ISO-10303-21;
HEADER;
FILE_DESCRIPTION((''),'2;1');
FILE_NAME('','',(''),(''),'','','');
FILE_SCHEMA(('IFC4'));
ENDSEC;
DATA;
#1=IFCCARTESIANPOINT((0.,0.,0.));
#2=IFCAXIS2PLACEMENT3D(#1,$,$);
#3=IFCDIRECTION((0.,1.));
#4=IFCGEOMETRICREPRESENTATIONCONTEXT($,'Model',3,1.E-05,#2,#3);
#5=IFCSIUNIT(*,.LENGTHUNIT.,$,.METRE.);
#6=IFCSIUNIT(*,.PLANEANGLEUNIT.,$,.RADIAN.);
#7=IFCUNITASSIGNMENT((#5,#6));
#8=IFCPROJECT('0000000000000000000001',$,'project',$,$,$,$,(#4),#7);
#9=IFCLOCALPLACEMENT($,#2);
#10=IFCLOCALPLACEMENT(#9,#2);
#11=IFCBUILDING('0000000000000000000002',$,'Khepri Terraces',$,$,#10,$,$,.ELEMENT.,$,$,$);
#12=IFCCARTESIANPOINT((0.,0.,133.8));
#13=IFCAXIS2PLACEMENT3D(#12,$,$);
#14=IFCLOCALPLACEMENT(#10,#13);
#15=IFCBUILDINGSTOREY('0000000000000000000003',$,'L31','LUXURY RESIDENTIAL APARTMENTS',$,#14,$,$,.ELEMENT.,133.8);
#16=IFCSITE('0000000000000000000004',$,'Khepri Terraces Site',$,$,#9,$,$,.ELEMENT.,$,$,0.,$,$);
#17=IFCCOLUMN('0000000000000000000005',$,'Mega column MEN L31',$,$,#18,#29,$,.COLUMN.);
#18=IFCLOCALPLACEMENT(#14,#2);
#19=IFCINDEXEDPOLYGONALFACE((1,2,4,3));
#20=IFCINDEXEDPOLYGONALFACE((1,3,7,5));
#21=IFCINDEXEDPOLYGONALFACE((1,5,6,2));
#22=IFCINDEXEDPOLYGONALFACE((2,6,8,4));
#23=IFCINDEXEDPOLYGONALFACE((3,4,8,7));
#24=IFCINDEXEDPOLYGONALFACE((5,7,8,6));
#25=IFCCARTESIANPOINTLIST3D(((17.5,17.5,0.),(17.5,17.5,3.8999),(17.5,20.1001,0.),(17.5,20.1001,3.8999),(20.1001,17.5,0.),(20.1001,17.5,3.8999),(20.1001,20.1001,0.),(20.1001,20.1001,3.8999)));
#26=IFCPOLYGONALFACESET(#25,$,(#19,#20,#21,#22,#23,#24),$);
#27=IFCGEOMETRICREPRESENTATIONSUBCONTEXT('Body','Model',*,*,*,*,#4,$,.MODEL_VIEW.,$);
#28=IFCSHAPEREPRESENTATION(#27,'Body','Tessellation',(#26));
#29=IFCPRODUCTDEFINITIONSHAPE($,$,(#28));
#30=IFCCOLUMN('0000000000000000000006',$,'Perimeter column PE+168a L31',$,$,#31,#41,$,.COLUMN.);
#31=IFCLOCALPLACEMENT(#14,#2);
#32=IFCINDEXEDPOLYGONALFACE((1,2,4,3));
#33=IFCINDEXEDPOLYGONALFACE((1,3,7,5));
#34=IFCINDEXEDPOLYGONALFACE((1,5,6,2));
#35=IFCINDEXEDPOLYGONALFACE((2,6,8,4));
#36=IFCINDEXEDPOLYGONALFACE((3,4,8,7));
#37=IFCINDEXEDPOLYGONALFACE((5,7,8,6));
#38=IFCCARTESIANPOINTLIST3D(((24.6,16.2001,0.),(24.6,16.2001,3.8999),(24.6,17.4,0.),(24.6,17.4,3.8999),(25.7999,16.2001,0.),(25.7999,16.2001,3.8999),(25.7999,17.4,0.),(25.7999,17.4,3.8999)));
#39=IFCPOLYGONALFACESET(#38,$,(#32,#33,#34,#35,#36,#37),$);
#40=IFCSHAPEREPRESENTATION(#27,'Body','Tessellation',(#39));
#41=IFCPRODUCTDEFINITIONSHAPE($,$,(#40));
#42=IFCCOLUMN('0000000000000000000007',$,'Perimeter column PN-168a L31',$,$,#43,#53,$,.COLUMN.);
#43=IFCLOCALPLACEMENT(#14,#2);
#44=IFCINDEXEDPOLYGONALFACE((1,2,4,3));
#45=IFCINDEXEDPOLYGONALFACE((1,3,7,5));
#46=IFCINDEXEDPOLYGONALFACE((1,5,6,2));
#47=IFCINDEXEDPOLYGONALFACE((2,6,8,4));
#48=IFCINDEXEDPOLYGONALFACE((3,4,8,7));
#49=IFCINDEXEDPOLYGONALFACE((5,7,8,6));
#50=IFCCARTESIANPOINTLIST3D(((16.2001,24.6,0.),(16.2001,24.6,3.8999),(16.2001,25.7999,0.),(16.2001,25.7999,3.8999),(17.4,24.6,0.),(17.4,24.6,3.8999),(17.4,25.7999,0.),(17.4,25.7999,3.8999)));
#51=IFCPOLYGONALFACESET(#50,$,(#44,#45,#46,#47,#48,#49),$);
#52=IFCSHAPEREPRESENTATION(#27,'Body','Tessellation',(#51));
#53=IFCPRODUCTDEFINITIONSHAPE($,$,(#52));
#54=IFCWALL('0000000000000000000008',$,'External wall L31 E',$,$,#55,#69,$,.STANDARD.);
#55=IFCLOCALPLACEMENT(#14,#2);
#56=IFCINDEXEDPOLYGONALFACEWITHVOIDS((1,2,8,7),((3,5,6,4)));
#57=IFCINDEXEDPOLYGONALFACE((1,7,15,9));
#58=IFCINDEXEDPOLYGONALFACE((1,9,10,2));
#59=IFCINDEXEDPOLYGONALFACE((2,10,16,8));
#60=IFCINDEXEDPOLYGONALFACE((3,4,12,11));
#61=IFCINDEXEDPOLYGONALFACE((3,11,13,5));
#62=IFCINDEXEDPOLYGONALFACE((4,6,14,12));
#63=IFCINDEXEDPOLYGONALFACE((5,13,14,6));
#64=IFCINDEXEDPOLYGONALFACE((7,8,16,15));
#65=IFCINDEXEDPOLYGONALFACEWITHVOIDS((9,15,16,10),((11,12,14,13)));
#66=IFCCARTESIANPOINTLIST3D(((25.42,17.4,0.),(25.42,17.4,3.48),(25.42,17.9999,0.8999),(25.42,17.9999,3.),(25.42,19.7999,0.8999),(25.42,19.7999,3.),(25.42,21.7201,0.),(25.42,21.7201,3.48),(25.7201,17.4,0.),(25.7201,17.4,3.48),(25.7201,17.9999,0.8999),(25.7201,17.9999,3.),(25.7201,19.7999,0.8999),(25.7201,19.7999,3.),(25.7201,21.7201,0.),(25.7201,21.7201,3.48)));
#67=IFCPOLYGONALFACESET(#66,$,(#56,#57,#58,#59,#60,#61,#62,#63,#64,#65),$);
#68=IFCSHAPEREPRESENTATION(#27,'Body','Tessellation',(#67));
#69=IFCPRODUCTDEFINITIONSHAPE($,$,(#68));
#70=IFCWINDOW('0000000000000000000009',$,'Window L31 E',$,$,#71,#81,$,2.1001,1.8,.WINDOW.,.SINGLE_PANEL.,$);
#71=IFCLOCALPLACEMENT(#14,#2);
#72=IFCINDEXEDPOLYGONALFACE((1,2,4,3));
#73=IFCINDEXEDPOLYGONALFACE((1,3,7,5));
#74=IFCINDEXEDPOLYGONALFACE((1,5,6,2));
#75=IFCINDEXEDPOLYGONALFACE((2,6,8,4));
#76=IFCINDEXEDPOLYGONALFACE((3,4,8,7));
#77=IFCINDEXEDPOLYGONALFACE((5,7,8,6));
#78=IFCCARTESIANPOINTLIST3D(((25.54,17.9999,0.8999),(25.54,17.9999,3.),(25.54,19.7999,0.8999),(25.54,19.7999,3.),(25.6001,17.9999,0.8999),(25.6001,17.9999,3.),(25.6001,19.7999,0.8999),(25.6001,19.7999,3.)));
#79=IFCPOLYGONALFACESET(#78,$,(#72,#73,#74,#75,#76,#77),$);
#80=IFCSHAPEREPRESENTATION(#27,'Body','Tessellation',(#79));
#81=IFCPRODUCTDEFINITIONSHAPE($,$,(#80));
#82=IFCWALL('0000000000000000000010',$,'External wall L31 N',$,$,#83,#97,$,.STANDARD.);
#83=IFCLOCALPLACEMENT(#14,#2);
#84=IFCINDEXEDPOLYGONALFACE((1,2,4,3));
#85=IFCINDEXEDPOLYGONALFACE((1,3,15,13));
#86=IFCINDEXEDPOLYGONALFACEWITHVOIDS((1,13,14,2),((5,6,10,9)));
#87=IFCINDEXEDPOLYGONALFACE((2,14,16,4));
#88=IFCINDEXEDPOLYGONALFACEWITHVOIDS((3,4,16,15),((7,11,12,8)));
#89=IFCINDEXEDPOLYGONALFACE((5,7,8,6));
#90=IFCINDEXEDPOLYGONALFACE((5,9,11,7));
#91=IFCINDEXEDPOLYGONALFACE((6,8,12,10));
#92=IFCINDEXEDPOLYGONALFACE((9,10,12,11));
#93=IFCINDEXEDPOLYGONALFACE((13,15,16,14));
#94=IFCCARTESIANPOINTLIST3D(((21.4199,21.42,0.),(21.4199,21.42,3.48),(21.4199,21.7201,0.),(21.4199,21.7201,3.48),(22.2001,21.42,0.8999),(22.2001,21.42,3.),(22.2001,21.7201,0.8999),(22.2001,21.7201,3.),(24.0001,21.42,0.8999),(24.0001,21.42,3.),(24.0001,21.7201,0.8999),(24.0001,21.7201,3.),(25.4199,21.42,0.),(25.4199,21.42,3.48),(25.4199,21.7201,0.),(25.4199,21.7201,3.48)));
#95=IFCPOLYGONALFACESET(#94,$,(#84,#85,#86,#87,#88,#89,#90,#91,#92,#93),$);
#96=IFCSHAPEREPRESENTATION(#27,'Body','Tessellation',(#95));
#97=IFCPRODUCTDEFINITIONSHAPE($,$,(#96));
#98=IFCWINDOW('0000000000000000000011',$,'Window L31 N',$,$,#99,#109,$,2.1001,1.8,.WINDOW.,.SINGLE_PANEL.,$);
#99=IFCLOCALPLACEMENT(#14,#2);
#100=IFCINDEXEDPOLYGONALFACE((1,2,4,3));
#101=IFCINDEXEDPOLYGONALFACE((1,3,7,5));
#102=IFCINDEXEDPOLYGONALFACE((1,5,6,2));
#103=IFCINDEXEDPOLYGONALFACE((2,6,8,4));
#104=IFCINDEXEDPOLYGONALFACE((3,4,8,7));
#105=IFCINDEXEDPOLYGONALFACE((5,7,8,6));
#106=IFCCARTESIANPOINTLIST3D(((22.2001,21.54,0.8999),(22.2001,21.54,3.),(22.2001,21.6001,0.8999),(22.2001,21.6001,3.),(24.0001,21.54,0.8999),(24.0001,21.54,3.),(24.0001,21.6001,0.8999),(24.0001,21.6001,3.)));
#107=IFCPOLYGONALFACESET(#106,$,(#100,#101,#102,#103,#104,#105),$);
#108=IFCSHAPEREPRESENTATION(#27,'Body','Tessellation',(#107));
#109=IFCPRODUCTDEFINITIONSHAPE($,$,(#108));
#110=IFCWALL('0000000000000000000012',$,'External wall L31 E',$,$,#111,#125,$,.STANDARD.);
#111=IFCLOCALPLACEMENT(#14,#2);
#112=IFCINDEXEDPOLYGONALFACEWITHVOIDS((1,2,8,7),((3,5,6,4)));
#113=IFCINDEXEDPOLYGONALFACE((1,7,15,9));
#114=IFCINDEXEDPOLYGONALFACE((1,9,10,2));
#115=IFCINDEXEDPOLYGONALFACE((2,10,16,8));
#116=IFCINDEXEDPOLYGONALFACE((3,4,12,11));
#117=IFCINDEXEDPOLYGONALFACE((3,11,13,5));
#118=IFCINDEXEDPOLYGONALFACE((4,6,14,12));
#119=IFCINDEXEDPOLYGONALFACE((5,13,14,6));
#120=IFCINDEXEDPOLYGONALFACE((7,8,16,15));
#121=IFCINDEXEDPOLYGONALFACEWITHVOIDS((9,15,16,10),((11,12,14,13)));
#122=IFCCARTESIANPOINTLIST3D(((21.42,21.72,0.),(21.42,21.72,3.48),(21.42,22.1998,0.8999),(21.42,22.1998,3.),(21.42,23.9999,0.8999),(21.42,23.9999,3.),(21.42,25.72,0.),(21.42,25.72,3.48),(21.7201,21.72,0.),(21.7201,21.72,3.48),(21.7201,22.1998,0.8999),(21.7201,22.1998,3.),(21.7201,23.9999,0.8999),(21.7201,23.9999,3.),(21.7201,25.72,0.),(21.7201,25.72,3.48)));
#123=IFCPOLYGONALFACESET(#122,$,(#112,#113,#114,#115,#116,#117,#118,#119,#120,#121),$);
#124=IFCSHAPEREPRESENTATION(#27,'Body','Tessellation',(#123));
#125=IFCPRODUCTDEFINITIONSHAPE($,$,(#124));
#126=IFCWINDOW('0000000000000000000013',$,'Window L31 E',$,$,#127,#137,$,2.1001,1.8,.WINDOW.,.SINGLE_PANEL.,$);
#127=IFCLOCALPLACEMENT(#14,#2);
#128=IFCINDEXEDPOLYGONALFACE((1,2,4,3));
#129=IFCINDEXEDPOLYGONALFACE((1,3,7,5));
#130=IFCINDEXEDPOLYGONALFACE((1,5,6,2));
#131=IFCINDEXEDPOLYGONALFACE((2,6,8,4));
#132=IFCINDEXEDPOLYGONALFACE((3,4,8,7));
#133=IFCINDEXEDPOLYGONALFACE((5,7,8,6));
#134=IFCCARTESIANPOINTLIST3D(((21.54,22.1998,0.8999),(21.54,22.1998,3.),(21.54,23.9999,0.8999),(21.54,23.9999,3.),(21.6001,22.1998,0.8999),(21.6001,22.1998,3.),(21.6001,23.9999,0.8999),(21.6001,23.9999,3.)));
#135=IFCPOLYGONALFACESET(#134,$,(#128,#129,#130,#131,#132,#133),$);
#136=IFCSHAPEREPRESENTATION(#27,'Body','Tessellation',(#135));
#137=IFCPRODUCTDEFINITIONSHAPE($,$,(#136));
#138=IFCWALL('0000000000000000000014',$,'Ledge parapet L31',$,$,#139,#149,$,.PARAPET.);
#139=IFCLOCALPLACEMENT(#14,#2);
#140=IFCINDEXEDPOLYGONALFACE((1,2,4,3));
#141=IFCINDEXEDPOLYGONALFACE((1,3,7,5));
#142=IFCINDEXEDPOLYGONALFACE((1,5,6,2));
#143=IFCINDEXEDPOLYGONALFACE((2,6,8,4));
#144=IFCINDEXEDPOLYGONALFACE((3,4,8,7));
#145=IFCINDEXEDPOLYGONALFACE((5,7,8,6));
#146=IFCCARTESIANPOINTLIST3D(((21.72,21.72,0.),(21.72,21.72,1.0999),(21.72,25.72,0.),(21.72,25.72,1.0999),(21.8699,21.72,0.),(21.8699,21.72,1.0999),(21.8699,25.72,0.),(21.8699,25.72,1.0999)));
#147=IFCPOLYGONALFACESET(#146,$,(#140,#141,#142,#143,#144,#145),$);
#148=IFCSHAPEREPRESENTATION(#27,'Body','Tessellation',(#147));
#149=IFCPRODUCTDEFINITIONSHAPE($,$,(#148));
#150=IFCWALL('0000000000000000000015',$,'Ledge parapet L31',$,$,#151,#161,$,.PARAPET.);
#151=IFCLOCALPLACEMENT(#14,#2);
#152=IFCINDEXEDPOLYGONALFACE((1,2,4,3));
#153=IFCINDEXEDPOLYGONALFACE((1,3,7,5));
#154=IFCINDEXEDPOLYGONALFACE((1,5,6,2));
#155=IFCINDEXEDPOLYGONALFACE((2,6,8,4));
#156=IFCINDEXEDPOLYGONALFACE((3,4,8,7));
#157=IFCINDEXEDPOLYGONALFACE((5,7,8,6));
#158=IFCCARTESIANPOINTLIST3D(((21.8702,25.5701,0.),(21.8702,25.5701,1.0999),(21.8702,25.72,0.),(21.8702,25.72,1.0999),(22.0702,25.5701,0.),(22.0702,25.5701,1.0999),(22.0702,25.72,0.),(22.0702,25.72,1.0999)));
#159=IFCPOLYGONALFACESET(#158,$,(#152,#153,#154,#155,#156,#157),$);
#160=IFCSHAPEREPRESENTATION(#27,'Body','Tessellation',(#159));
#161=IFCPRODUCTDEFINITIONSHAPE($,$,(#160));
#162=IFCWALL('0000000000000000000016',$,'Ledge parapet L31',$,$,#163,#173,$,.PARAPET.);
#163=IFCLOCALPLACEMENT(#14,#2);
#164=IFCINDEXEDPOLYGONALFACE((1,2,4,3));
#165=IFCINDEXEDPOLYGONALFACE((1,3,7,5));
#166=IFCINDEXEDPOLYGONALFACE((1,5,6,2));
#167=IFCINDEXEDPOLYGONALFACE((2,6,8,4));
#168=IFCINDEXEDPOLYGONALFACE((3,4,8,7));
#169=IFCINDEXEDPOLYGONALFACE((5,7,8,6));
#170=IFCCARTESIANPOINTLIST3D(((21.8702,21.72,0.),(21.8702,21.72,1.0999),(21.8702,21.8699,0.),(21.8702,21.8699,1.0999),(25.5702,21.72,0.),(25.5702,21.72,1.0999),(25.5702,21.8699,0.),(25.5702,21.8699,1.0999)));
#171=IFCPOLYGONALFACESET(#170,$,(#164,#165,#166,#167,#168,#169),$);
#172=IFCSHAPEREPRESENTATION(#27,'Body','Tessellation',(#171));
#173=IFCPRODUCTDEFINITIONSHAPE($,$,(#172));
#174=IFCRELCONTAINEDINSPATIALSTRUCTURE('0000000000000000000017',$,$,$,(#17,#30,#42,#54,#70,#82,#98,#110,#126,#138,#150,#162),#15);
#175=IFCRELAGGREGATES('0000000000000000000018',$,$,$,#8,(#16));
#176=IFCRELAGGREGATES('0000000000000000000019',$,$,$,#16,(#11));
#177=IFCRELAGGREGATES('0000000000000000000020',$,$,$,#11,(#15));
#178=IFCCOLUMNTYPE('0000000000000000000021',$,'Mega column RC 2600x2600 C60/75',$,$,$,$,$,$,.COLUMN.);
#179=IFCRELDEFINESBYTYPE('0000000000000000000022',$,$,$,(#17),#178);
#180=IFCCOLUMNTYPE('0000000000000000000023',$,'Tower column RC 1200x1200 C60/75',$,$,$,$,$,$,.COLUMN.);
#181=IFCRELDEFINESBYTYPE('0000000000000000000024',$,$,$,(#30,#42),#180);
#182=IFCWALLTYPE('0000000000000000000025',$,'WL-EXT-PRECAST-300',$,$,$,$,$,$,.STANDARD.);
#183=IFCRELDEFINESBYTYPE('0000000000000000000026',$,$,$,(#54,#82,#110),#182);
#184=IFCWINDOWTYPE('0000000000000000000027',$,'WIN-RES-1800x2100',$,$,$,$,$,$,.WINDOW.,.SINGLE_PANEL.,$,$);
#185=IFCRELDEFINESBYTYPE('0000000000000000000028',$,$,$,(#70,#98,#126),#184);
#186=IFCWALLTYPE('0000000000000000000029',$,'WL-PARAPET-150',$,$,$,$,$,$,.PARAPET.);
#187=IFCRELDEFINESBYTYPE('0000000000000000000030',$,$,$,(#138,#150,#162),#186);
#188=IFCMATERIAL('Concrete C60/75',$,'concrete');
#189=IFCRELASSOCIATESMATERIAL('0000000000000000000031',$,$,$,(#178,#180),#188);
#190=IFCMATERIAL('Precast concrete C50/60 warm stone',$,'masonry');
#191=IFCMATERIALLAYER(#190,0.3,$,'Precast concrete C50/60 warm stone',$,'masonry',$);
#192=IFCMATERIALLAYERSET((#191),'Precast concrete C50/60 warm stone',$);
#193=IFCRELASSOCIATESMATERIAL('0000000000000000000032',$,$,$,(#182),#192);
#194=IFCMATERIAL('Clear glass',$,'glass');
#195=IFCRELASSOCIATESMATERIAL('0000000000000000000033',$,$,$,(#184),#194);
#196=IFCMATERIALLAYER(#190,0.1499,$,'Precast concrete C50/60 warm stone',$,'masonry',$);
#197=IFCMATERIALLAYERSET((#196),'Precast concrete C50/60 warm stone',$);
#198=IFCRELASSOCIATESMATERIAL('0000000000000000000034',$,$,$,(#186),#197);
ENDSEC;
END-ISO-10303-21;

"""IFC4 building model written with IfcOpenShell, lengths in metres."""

from ifc_helpers import new_model, si_unit, direction, frame, frame_2d, origin, origin_2d, place, context, subcontext, project, spatial, rectangle, extrude, material, layer, layer_set, material_profile, profile_set, type_object, element, fill, save


model = new_model("IFC4")

# Units and contexts
model_context = context("Model", 3, precision=1e-05, world=origin(), true_north=direction((0.0, 1.0)))
body_context = subcontext(model_context, "Body", "Model", "MODEL_VIEW")
ifc_project = project(units=[si_unit("LENGTHUNIT", "METRE"), si_unit("PLANEANGLEUNIT", "RADIAN")], contexts=[model_context])

# Site, building, storey
site_placement = place(None, origin())
site = spatial("IfcSite", under=ifc_project, at=site_placement, Name="Khepri Terraces Site", CompositionType="ELEMENT", RefElevation=0.0)
building_placement = place(site_placement, origin())
building = spatial("IfcBuilding", under=site, at=building_placement, Name="Khepri Terraces", CompositionType="ELEMENT")
storey_placement = place(building_placement, frame((0.0, 0.0, 133.8)))
storey = spatial("IfcBuildingStorey", under=building, at=storey_placement, Name="L31", Description="LUXURY RESIDENTIAL APARTMENTS", CompositionType="ELEMENT", Elevation=133.8)

# Columns
ifc_material_1 = material(Name="Concrete C60/75", Category="concrete")
ifc_material_profile_1 = material_profile(ifc_material_1, rectangle(XDim=2.6001, YDim=2.6001, at=origin_2d()), Name="Concrete C60/75", Category="concrete")
ifc_profile_set_1 = profile_set([ifc_material_profile_1], Name="Concrete C60/75")
column_type_1 = type_object("IfcColumnType", Name="Mega column RC 2600x2600 C60/75", PredefinedType="COLUMN", material=ifc_profile_set_1)
column_placement = place(storey_placement, frame((18.8, 18.8, 0.0), z_axis=(0.0, 0.0, 1.0), x_axis=(1.0, 0.0, 0.0)))
element("IfcColumn", 1, at=column_placement, inside=storey, type_object=column_type_1, Name="Mega column MEN L31", PredefinedType="COLUMN", context=body_context, shape_type="SweptSolid", body=[
    extrude(rectangle(XDim=2.6001, YDim=2.6001, at=origin_2d()), origin(), (0.0, 0.0, 1.0), 3.8999),
])
ifc_material_profile_2 = material_profile(ifc_material_1, rectangle(XDim=1.2, YDim=1.2, at=origin_2d()), Name="Concrete C60/75", Category="concrete")
ifc_profile_set_2 = profile_set([ifc_material_profile_2], Name="Concrete C60/75")
column_type_2 = type_object("IfcColumnType", Name="Tower column RC 1200x1200 C60/75", PredefinedType="COLUMN", material=ifc_profile_set_2)
for number, where, z_axis, x_axis, name in (
    (2, (25.2, 16.8, 0.0), (0.0, 0.0, 1.0), (1.0, 0.0, 0.0), "Perimeter column PE+168a L31"),
    (3, (16.8, 25.2, 0.0), (0.0, 0.0, 1.0), (1.0, 0.0, 0.0), "Perimeter column PN-168a L31"),
):
    element("IfcColumn", number, at=place(storey_placement, frame(where, z_axis=z_axis, x_axis=x_axis)), inside=storey, type_object=column_type_2, Name=name, PredefinedType="COLUMN", context=body_context, shape_type="SweptSolid", body=[
        extrude(rectangle(XDim=1.2, YDim=1.2, at=origin_2d()), origin(), (0.0, 0.0, 1.0), 3.8999),
    ])

# Walls, openings, windows
ifc_material_2 = material(Name="Precast concrete C50/60 warm stone", Category="masonry")
ifc_layer_1 = layer(ifc_material_2, 0.3, Name="Precast concrete C50/60 warm stone", Category="masonry")
ifc_layer_set_1 = layer_set([ifc_layer_1], Name="Precast concrete C50/60 warm stone")
wall_type_1 = type_object("IfcWallType", Name="WL-EXT-PRECAST-300", PredefinedType="STANDARD", material=ifc_layer_set_1)
wall_1_placement = place(storey_placement, frame((25.5701, 17.3999, 0.0), z_axis=(0.0, 0.0, 1.0), x_axis=(0.0, 1.0, 0.0)))
wall_1 = element("IfcWall", 4, at=wall_1_placement, inside=storey, type_object=wall_type_1, Name="External wall L31 E", PredefinedType="STANDARD", context=body_context, shape_type="SweptSolid", body=[
    extrude(rectangle(XDim=4.3201, YDim=0.3, at=frame_2d((2.1602, 0.0))), origin(), (0.0, 0.0, 1.0), 3.48),
])
opening_1_placement = place(wall_1_placement, frame((0.6001, 0.0, 0.8999)))
opening_1 = element("IfcOpeningElement", 5, at=opening_1_placement, cuts=wall_1, PredefinedType="OPENING", context=body_context, shape_type="SweptSolid", body=[
    extrude(rectangle(XDim=1.8, YDim=2.1001, at=frame_2d((0.8999, 1.05))), frame((0.0, 0.1602, 0.0), z_axis=(0.0, -1.0, 0.0), x_axis=(1.0, 0.0, 0.0)), (0.0, 0.0, 1.0), 0.3201),
])
ifc_material_3 = material(Name="Clear glass", Category="glass")
window_type = type_object("IfcWindowType", Name="WIN-RES-1800x2100", PartitioningType="SINGLE_PANEL", PredefinedType="WINDOW", material=ifc_material_3)
window_1_placement = place(opening_1_placement, origin())
window_1 = element("IfcWindow", 6, at=window_1_placement, inside=storey, type_object=window_type, Name="Window L31 E", OverallHeight=2.1001, OverallWidth=1.8, PartitioningType="SINGLE_PANEL", PredefinedType="WINDOW", context=body_context, shape_type="SweptSolid", body=[
    extrude(rectangle(XDim=1.8, YDim=2.1001, at=frame_2d((0.8999, 1.05))), frame((0.0, 0.03, 0.0), z_axis=(0.0, -1.0, 0.0), x_axis=(1.0, 0.0, 0.0)), (0.0, 0.0, 1.0), 0.0601),
])
fill(opening_1, window_1)
wall_2_placement = place(storey_placement, frame((25.4199, 21.5701, 0.0), z_axis=(0.0, 0.0, 1.0), x_axis=(-1.0, 0.0, 0.0)))
wall_2 = element("IfcWall", 7, at=wall_2_placement, inside=storey, type_object=wall_type_1, Name="External wall L31 N", PredefinedType="STANDARD", context=body_context, shape_type="SweptSolid", body=[
    extrude(rectangle(XDim=4.0, YDim=0.3, at=frame_2d((2.0, 0.0))), origin(), (0.0, 0.0, 1.0), 3.48),
])
opening_2_placement = place(wall_2_placement, frame((1.4199, 0.0, 0.8999)))
opening_2 = element("IfcOpeningElement", 8, at=opening_2_placement, cuts=wall_2, PredefinedType="OPENING", context=body_context, shape_type="SweptSolid", body=[
    extrude(rectangle(XDim=1.8, YDim=2.1001, at=frame_2d((0.8999, 1.05))), frame((0.0, 0.1602, 0.0), z_axis=(0.0, -1.0, 0.0), x_axis=(1.0, 0.0, 0.0)), (0.0, 0.0, 1.0), 0.3201),
])
window_2_placement = place(opening_2_placement, origin())
window_2 = element("IfcWindow", 9, at=window_2_placement, inside=storey, type_object=window_type, Name="Window L31 N", OverallHeight=2.1001, OverallWidth=1.8, PartitioningType="SINGLE_PANEL", PredefinedType="WINDOW", context=body_context, shape_type="SweptSolid", body=[
    extrude(rectangle(XDim=1.8, YDim=2.1001, at=frame_2d((0.8999, 1.05))), frame((0.0, 0.03, 0.0), z_axis=(0.0, -1.0, 0.0), x_axis=(1.0, 0.0, 0.0)), (0.0, 0.0, 1.0), 0.0601),
])
fill(opening_2, window_2)
wall_3_placement = place(storey_placement, frame((21.5701, 21.72, 0.0), z_axis=(0.0, 0.0, 1.0), x_axis=(0.0, 1.0, 0.0)))
wall_3 = element("IfcWall", 10, at=wall_3_placement, inside=storey, type_object=wall_type_1, Name="External wall L31 E", PredefinedType="STANDARD", context=body_context, shape_type="SweptSolid", body=[
    extrude(rectangle(XDim=4.0, YDim=0.3, at=frame_2d((2.0, 0.0))), origin(), (0.0, 0.0, 1.0), 3.48),
])
opening_3_placement = place(wall_3_placement, frame((0.48, 0.0, 0.8999)))
opening_3 = element("IfcOpeningElement", 11, at=opening_3_placement, cuts=wall_3, PredefinedType="OPENING", context=body_context, shape_type="SweptSolid", body=[
    extrude(rectangle(XDim=1.8, YDim=2.1001, at=frame_2d((0.8999, 1.05))), frame((0.0, 0.1602, 0.0), z_axis=(0.0, -1.0, 0.0), x_axis=(1.0, 0.0, 0.0)), (0.0, 0.0, 1.0), 0.3201),
])
window_3_placement = place(opening_3_placement, origin())
window_3 = element("IfcWindow", 12, at=window_3_placement, inside=storey, type_object=window_type, Name="Window L31 E", OverallHeight=2.1001, OverallWidth=1.8, PartitioningType="SINGLE_PANEL", PredefinedType="WINDOW", context=body_context, shape_type="SweptSolid", body=[
    extrude(rectangle(XDim=1.8, YDim=2.1001, at=frame_2d((0.8999, 1.05))), frame((0.0, 0.03, 0.0), z_axis=(0.0, -1.0, 0.0), x_axis=(1.0, 0.0, 0.0)), (0.0, 0.0, 1.0), 0.0601),
])
fill(opening_3, window_3)

# Walls
ifc_layer_2 = layer(ifc_material_2, 0.1499, Name="Precast concrete C50/60 warm stone", Category="masonry")
ifc_layer_set_2 = layer_set([ifc_layer_2], Name="Precast concrete C50/60 warm stone")
wall_type_2 = type_object("IfcWallType", Name="WL-PARAPET-150", PredefinedType="PARAPET", material=ifc_layer_set_2)
wall_4_placement = place(storey_placement, frame((21.7949, 21.72, 0.0), z_axis=(0.0, 0.0, 1.0), x_axis=(0.0, 1.0, 0.0)))
element("IfcWall", 13, at=wall_4_placement, inside=storey, type_object=wall_type_2, Name="Ledge parapet L31", PredefinedType="PARAPET", context=body_context, shape_type="SweptSolid", body=[
    extrude(rectangle(XDim=4.0, YDim=0.1499, at=frame_2d((2.0, 0.0))), origin(), (0.0, 0.0, 1.0), 1.0999),
])
wall_5_placement = place(storey_placement, frame((21.8701, 25.645, 0.0), z_axis=(0.0, 0.0, 1.0), x_axis=(1.0, 0.0, 0.0)))
element("IfcWall", 14, at=wall_5_placement, inside=storey, type_object=wall_type_2, Name="Ledge parapet L31", PredefinedType="PARAPET", context=body_context, shape_type="SweptSolid", body=[
    extrude(rectangle(XDim=0.2, YDim=0.1499, at=frame_2d((0.1001, 0.0))), origin(), (0.0, 0.0, 1.0), 1.0999),
])
wall_6_placement = place(storey_placement, frame((21.8701, 21.7949, 0.0), z_axis=(0.0, 0.0, 1.0), x_axis=(1.0, 0.0, 0.0)))
element("IfcWall", 15, at=wall_6_placement, inside=storey, type_object=wall_type_2, Name="Ledge parapet L31", PredefinedType="PARAPET", context=body_context, shape_type="SweptSolid", body=[
    extrude(rectangle(XDim=3.7, YDim=0.1499, at=frame_2d((1.8501, 0.0))), origin(), (0.0, 0.0, 1.0), 1.0999),
])

save(model, "model.ifc")
